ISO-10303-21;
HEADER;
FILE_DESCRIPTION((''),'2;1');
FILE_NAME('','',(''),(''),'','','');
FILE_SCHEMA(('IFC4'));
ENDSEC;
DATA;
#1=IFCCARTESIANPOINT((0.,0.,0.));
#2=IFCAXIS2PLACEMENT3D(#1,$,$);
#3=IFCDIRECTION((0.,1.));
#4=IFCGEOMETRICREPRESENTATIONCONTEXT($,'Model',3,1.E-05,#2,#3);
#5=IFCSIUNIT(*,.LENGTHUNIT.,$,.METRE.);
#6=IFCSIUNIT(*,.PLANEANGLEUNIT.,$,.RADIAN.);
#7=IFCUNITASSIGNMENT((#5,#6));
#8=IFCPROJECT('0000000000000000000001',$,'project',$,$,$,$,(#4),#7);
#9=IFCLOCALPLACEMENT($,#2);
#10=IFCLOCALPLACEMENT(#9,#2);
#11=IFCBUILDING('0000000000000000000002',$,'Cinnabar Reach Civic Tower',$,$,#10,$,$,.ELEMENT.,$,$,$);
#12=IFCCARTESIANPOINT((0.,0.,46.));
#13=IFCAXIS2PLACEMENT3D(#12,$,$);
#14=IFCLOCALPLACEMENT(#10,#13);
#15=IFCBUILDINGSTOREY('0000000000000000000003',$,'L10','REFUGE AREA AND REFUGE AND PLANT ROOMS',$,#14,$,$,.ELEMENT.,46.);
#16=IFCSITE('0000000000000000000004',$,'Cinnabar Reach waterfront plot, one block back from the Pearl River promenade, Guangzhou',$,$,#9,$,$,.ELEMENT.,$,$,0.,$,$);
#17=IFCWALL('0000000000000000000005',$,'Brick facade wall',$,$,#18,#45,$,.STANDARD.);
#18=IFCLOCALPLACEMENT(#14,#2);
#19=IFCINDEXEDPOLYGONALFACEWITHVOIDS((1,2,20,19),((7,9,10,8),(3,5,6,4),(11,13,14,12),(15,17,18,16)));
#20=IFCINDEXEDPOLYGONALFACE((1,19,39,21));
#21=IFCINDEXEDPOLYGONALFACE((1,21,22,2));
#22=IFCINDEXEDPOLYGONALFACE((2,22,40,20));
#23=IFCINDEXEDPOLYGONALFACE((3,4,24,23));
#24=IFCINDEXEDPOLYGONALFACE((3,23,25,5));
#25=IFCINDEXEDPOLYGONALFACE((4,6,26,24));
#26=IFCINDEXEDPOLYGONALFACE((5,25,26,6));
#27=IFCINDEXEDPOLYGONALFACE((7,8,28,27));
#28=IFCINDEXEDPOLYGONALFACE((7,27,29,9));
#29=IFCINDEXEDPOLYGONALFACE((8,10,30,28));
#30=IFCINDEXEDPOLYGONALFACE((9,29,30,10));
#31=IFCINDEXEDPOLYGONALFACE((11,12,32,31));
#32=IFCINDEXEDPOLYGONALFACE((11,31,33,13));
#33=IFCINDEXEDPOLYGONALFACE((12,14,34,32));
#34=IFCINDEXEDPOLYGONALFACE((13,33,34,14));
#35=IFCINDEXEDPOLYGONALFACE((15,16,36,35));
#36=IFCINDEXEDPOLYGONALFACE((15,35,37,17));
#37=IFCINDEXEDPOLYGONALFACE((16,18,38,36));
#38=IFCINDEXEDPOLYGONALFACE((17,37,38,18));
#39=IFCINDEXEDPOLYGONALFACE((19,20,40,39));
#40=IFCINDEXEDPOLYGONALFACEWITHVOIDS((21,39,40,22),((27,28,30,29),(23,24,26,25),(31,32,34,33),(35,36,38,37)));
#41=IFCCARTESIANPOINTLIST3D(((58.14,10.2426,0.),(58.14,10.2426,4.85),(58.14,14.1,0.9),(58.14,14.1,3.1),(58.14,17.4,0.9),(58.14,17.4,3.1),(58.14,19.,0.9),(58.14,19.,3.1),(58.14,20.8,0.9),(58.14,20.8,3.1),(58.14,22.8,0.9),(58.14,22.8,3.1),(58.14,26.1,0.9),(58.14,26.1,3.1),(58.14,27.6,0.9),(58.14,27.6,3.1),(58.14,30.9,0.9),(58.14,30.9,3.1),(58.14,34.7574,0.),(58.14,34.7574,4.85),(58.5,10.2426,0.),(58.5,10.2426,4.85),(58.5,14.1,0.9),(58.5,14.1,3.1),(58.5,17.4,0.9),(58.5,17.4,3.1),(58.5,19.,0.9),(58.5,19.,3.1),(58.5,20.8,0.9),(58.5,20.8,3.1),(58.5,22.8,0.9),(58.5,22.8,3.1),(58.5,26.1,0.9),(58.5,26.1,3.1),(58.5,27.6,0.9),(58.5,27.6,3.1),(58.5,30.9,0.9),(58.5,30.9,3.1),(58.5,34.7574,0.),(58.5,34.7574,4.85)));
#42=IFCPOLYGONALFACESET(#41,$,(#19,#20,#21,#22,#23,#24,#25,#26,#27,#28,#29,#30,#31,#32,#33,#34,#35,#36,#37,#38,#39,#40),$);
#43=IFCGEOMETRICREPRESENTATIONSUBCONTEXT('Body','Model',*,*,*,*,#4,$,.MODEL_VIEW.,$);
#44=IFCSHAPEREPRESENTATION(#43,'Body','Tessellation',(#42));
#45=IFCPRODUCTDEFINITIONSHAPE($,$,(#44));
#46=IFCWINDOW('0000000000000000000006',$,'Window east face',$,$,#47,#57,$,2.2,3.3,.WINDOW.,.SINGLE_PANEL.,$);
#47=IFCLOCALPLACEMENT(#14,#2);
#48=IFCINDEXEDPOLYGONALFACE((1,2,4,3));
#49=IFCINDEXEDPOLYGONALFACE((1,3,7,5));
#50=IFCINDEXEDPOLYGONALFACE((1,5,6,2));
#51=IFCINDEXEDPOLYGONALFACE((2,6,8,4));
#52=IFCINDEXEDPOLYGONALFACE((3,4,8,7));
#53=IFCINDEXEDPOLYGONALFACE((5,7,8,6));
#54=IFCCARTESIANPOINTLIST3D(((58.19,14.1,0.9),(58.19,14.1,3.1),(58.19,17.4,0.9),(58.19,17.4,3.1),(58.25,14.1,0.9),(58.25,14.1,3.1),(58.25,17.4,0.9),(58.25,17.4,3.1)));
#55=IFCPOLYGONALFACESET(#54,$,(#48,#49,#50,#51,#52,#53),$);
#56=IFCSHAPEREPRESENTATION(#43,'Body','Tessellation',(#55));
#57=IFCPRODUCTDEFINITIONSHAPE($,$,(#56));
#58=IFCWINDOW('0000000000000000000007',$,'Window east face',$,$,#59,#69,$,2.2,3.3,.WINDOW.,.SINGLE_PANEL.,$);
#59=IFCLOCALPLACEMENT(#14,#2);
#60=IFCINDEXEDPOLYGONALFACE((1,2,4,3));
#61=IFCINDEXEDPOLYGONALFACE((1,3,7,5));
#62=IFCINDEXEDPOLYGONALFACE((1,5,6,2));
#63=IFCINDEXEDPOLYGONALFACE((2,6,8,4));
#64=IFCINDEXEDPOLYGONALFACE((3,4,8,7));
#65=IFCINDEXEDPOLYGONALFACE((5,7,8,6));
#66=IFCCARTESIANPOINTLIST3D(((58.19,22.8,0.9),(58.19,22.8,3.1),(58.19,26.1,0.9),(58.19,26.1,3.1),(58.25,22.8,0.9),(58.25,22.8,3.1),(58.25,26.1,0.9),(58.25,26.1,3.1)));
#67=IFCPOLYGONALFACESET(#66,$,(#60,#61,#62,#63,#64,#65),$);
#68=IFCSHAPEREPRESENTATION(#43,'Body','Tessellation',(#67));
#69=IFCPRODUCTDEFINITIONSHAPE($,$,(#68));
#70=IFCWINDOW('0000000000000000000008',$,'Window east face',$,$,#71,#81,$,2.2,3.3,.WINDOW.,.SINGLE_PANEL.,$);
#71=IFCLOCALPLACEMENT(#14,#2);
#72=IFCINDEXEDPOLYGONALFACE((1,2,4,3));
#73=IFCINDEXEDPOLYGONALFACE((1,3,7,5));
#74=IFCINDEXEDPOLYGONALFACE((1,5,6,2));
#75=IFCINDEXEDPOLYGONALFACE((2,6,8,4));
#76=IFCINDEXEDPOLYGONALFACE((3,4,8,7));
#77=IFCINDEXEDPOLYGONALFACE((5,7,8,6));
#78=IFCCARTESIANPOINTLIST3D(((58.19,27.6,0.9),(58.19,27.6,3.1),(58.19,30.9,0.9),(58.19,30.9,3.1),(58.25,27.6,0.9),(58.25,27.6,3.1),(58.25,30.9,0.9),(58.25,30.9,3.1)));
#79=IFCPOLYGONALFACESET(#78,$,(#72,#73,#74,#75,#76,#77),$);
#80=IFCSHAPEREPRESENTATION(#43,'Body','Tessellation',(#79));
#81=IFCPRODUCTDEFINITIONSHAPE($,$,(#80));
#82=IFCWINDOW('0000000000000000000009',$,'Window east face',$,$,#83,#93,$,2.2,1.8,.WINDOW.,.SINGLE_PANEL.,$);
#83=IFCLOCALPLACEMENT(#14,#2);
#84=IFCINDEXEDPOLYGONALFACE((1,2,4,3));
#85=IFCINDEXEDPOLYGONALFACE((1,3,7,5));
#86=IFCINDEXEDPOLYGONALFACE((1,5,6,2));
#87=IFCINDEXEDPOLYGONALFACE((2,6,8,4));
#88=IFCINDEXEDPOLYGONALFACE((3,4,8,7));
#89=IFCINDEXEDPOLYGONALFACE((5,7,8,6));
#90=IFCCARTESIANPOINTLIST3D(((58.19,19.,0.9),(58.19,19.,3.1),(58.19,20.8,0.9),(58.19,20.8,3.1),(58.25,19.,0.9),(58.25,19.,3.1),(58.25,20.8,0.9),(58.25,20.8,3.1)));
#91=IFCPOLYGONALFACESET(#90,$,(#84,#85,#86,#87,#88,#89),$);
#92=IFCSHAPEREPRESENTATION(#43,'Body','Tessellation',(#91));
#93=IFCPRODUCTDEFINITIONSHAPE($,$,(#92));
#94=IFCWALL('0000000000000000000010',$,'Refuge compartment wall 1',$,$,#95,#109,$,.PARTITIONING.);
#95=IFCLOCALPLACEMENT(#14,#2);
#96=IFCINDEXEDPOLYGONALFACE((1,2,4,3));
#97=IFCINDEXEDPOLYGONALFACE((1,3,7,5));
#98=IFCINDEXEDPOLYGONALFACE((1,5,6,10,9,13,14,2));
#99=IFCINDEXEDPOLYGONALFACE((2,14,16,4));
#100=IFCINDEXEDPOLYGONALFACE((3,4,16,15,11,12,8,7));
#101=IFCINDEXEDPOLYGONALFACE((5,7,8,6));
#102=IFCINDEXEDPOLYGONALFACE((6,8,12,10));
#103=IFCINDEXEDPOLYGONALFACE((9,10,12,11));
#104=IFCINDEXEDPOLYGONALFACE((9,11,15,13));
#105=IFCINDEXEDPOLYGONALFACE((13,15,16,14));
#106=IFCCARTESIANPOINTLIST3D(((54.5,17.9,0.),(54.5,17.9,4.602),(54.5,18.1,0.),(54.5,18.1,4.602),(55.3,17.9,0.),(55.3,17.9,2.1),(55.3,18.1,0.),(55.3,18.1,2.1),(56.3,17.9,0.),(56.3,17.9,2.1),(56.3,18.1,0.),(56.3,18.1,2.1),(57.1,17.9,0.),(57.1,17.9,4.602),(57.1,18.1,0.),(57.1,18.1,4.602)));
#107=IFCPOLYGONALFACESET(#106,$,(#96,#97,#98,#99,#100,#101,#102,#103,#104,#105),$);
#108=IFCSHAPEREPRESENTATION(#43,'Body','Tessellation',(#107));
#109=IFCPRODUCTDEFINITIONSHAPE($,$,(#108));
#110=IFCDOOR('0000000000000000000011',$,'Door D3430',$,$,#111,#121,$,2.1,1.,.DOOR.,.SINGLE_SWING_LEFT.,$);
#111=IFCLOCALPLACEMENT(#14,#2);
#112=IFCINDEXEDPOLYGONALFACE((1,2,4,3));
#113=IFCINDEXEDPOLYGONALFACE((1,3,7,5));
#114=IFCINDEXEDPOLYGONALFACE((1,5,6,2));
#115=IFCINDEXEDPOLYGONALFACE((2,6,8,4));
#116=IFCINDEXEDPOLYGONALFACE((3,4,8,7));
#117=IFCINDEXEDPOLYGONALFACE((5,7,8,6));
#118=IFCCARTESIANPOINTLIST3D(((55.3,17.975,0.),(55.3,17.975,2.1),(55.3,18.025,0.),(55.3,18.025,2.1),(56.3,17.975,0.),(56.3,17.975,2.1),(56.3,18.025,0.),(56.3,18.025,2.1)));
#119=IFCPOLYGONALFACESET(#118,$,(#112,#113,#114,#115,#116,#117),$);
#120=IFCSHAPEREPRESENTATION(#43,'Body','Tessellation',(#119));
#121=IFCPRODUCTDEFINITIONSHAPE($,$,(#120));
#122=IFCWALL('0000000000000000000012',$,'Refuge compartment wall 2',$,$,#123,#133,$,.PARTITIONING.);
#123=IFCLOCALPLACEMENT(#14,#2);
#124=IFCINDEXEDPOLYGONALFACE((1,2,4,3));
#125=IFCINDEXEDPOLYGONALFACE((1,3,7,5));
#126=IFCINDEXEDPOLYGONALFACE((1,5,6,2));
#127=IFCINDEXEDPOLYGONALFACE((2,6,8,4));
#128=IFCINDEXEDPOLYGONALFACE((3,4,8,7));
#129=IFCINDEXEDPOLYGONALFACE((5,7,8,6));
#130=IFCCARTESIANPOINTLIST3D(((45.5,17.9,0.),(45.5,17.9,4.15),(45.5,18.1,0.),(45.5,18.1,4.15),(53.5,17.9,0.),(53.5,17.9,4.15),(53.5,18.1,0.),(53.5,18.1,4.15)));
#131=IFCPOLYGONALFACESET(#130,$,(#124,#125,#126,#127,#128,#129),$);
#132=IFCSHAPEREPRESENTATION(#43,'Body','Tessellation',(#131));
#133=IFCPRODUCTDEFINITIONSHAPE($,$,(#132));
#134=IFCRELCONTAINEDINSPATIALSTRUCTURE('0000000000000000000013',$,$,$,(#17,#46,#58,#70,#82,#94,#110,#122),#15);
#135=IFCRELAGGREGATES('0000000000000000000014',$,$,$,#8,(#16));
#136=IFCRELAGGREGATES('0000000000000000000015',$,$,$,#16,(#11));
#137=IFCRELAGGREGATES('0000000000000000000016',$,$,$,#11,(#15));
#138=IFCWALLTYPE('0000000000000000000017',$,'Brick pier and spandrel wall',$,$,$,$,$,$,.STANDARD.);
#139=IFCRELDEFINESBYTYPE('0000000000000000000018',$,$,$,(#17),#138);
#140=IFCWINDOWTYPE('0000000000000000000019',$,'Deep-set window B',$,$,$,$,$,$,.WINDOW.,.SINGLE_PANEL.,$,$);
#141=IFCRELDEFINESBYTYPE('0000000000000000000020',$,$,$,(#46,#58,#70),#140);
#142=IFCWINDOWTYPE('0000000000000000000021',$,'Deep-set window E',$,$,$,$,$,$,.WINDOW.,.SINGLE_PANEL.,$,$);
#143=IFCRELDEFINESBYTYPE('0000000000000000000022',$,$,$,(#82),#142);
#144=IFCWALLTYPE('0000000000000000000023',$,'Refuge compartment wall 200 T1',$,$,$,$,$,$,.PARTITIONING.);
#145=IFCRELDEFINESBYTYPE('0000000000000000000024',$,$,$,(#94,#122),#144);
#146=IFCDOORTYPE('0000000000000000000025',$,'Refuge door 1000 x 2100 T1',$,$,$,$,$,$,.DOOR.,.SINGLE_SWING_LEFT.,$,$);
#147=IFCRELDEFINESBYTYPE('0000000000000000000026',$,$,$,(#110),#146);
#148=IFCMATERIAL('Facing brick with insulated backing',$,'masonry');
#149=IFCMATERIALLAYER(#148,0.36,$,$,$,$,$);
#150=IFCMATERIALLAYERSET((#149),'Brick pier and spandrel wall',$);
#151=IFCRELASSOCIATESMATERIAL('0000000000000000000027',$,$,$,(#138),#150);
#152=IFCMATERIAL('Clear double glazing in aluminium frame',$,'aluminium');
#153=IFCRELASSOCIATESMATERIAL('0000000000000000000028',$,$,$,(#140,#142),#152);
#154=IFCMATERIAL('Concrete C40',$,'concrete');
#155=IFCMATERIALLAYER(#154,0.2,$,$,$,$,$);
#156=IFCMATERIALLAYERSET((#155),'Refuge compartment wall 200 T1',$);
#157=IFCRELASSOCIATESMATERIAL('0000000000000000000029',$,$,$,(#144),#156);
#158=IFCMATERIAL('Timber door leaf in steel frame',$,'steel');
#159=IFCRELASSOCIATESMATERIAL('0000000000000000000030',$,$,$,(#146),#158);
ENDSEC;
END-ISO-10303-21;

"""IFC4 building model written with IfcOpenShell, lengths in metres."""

from ifc_helpers import new_model, si_unit, direction, frame, frame_2d, origin, place, context, subcontext, project, spatial, rectangle, extrude, material, layer, layer_set, type_object, element, fill, save


model = new_model("IFC4")

# Units and contexts
model_context = context("Model", 3, precision=1e-05, world=origin(), true_north=direction((0.0, 1.0)))
body_context = subcontext(model_context, "Body", "Model", "MODEL_VIEW")
ifc_project = project(units=[si_unit("LENGTHUNIT", "METRE"), si_unit("PLANEANGLEUNIT", "RADIAN")], contexts=[model_context])

# Site, building, storey
site_placement = place(None, origin())
site = spatial("IfcSite", under=ifc_project, at=site_placement, Name="Cinnabar Reach waterfront plot, one block back from the Pearl River promenade, Guangzhou", CompositionType="ELEMENT", RefElevation=0.0)
building_placement = place(site_placement, origin())
building = spatial("IfcBuilding", under=site, at=building_placement, Name="Cinnabar Reach Civic Tower", CompositionType="ELEMENT")
storey_placement = place(building_placement, frame((0.0, 0.0, 46.0)))
storey = spatial("IfcBuildingStorey", under=building, at=storey_placement, Name="L10", Description="REFUGE AREA AND REFUGE AND PLANT ROOMS", CompositionType="ELEMENT", Elevation=46.0)

# Wall, openings, windows
ifc_material_1 = material(Name="Facing brick with insulated backing", Category="masonry")
ifc_layer_1 = layer(ifc_material_1, 0.36)
ifc_layer_set_1 = layer_set([ifc_layer_1], Name="Brick pier and spandrel wall")
wall_type_1 = type_object("IfcWallType", Name="Brick pier and spandrel wall", PredefinedType="STANDARD", material=ifc_layer_set_1)
wall_1_placement = place(storey_placement, frame((58.32, 10.2426, 0.0), z_axis=(0.0, 0.0, 1.0), x_axis=(0.0, 1.0, 0.0)))
wall_1 = element("IfcWall", 1, at=wall_1_placement, inside=storey, type_object=wall_type_1, Name="Brick facade wall", PredefinedType="STANDARD", context=body_context, shape_type="SweptSolid", body=[
    extrude(rectangle(XDim=24.5148, YDim=0.36, at=frame_2d((12.2574, 0.0))), origin(), (0.0, 0.0, 1.0), 4.85),
])
opening_1_placement = place(wall_1_placement, frame((3.8574, 0.0, 0.9)))
opening_1 = element("IfcOpeningElement", 2, at=opening_1_placement, cuts=wall_1, PredefinedType="OPENING", context=body_context, shape_type="SweptSolid", body=[
    extrude(rectangle(XDim=3.3, YDim=2.2, at=frame_2d((1.65, 1.1))), frame((0.0, 0.19, 0.0), z_axis=(0.0, -1.0, 0.0), x_axis=(1.0, 0.0, 0.0)), (0.0, 0.0, 1.0), 0.38),
])
opening_2_placement = place(wall_1_placement, frame((8.7574, 0.0, 0.9)))
opening_2 = element("IfcOpeningElement", 3, at=opening_2_placement, cuts=wall_1, PredefinedType="OPENING", context=body_context, shape_type="SweptSolid", body=[
    extrude(rectangle(XDim=1.8, YDim=2.2, at=frame_2d((0.9, 1.1))), frame((0.0, 0.19, 0.0), z_axis=(0.0, -1.0, 0.0), x_axis=(1.0, 0.0, 0.0)), (0.0, 0.0, 1.0), 0.38),
])
opening_3_placement = place(wall_1_placement, frame((12.5574, 0.0, 0.9)))
opening_3 = element("IfcOpeningElement", 4, at=opening_3_placement, cuts=wall_1, PredefinedType="OPENING", context=body_context, shape_type="SweptSolid", body=[
    extrude(rectangle(XDim=3.3, YDim=2.2, at=frame_2d((1.65, 1.1))), frame((0.0, 0.19, 0.0), z_axis=(0.0, -1.0, 0.0), x_axis=(1.0, 0.0, 0.0)), (0.0, 0.0, 1.0), 0.38),
])
opening_4_placement = place(wall_1_placement, frame((17.3574, 0.0, 0.9)))
opening_4 = element("IfcOpeningElement", 5, at=opening_4_placement, cuts=wall_1, PredefinedType="OPENING", context=body_context, shape_type="SweptSolid", body=[
    extrude(rectangle(XDim=3.3, YDim=2.2, at=frame_2d((1.65, 1.1))), frame((0.0, 0.19, 0.0), z_axis=(0.0, -1.0, 0.0), x_axis=(1.0, 0.0, 0.0)), (0.0, 0.0, 1.0), 0.38),
])
ifc_material_2 = material(Name="Clear double glazing in aluminium frame", Category="aluminium")
window_type_1 = type_object("IfcWindowType", Name="Deep-set window B", PartitioningType="SINGLE_PANEL", PredefinedType="WINDOW", material=ifc_material_2)
window_1_placement = place(opening_1_placement, origin())
window_1 = element("IfcWindow", 6, at=window_1_placement, inside=storey, type_object=window_type_1, Name="Window east face", OverallHeight=2.2, OverallWidth=3.3, PartitioningType="SINGLE_PANEL", PredefinedType="WINDOW", context=body_context, shape_type="SweptSolid", body=[
    extrude(rectangle(XDim=3.3, YDim=2.2, at=frame_2d((1.65, 1.1))), frame((0.0, 0.13, 0.0), z_axis=(0.0, -1.0, 0.0), x_axis=(1.0, 0.0, 0.0)), (0.0, 0.0, 1.0), 0.06),
])
fill(opening_1, window_1)
window_2_placement = place(opening_3_placement, origin())
window_2 = element("IfcWindow", 7, at=window_2_placement, inside=storey, type_object=window_type_1, Name="Window east face", OverallHeight=2.2, OverallWidth=3.3, PartitioningType="SINGLE_PANEL", PredefinedType="WINDOW", context=body_context, shape_type="SweptSolid", body=[
    extrude(rectangle(XDim=3.3, YDim=2.2, at=frame_2d((1.65, 1.1))), frame((0.0, 0.13, 0.0), z_axis=(0.0, -1.0, 0.0), x_axis=(1.0, 0.0, 0.0)), (0.0, 0.0, 1.0), 0.06),
])
fill(opening_3, window_2)
window_3_placement = place(opening_4_placement, origin())
window_3 = element("IfcWindow", 8, at=window_3_placement, inside=storey, type_object=window_type_1, Name="Window east face", OverallHeight=2.2, OverallWidth=3.3, PartitioningType="SINGLE_PANEL", PredefinedType="WINDOW", context=body_context, shape_type="SweptSolid", body=[
    extrude(rectangle(XDim=3.3, YDim=2.2, at=frame_2d((1.65, 1.1))), frame((0.0, 0.13, 0.0), z_axis=(0.0, -1.0, 0.0), x_axis=(1.0, 0.0, 0.0)), (0.0, 0.0, 1.0), 0.06),
])
fill(opening_4, window_3)
window_type_2 = type_object("IfcWindowType", Name="Deep-set window E", PartitioningType="SINGLE_PANEL", PredefinedType="WINDOW", material=ifc_material_2)
window_4_placement = place(opening_2_placement, origin())
window_4 = element("IfcWindow", 9, at=window_4_placement, inside=storey, type_object=window_type_2, Name="Window east face", OverallHeight=2.2, OverallWidth=1.8, PartitioningType="SINGLE_PANEL", PredefinedType="WINDOW", context=body_context, shape_type="SweptSolid", body=[
    extrude(rectangle(XDim=1.8, YDim=2.2, at=frame_2d((0.9, 1.1))), frame((0.0, 0.13, 0.0), z_axis=(0.0, -1.0, 0.0), x_axis=(1.0, 0.0, 0.0)), (0.0, 0.0, 1.0), 0.06),
])
fill(opening_2, window_4)

# Wall, opening, door
ifc_material_3 = material(Name="Concrete C40", Category="concrete")
ifc_layer_2 = layer(ifc_material_3, 0.2)
ifc_layer_set_2 = layer_set([ifc_layer_2], Name="Refuge compartment wall 200 T1")
wall_type_2 = type_object("IfcWallType", Name="Refuge compartment wall 200 T1", PredefinedType="PARTITIONING", material=ifc_layer_set_2)
wall_2_placement = place(storey_placement, frame((54.5, 18.0, 0.0), z_axis=(0.0, 0.0, 1.0), x_axis=(1.0, 0.0, 0.0)))
wall_2 = element("IfcWall", 10, at=wall_2_placement, inside=storey, type_object=wall_type_2, Name="Refuge compartment wall 1", PredefinedType="PARTITIONING", context=body_context, shape_type="SweptSolid", body=[
    extrude(rectangle(XDim=2.6, YDim=0.2, at=frame_2d((1.3, 0.0))), origin(), (0.0, 0.0, 1.0), 4.602),
])
opening_5_placement = place(wall_2_placement, frame((0.8, 0.0, 0.0)))
opening_5 = element("IfcOpeningElement", 11, at=opening_5_placement, cuts=wall_2, PredefinedType="OPENING", context=body_context, shape_type="SweptSolid", body=[
    extrude(rectangle(XDim=1.0, YDim=2.1, at=frame_2d((0.5, 1.05))), frame((0.0, 0.11, 0.0), z_axis=(0.0, -1.0, 0.0), x_axis=(1.0, 0.0, 0.0)), (0.0, 0.0, 1.0), 0.22),
])
ifc_material_4 = material(Name="Timber door leaf in steel frame", Category="steel")
door_type = type_object("IfcDoorType", Name="Refuge door 1000 x 2100 T1", OperationType="SINGLE_SWING_LEFT", PredefinedType="DOOR", material=ifc_material_4)
door_placement = place(opening_5_placement, origin())
door = element("IfcDoor", 12, at=door_placement, inside=storey, type_object=door_type, Name="Door D3430", OperationType="SINGLE_SWING_LEFT", OverallHeight=2.1, OverallWidth=1.0, PredefinedType="DOOR", context=body_context, shape_type="SweptSolid", body=[
    extrude(rectangle(XDim=1.0, YDim=2.1, at=frame_2d((0.5, 1.05))), frame((0.0, 0.025, 0.0), z_axis=(0.0, -1.0, 0.0), x_axis=(1.0, 0.0, 0.0)), (0.0, 0.0, 1.0), 0.05),
])
fill(opening_5, door)

# Wall
wall_3_placement = place(storey_placement, frame((45.5, 18.0, 0.0), z_axis=(0.0, 0.0, 1.0), x_axis=(1.0, 0.0, 0.0)))
element("IfcWall", 13, at=wall_3_placement, inside=storey, type_object=wall_type_2, Name="Refuge compartment wall 2", PredefinedType="PARTITIONING", context=body_context, shape_type="SweptSolid", body=[
    extrude(rectangle(XDim=8.0, YDim=0.2, at=frame_2d((4.0, 0.0))), origin(), (0.0, 0.0, 1.0), 4.15),
])

save(model, "model.ifc")
